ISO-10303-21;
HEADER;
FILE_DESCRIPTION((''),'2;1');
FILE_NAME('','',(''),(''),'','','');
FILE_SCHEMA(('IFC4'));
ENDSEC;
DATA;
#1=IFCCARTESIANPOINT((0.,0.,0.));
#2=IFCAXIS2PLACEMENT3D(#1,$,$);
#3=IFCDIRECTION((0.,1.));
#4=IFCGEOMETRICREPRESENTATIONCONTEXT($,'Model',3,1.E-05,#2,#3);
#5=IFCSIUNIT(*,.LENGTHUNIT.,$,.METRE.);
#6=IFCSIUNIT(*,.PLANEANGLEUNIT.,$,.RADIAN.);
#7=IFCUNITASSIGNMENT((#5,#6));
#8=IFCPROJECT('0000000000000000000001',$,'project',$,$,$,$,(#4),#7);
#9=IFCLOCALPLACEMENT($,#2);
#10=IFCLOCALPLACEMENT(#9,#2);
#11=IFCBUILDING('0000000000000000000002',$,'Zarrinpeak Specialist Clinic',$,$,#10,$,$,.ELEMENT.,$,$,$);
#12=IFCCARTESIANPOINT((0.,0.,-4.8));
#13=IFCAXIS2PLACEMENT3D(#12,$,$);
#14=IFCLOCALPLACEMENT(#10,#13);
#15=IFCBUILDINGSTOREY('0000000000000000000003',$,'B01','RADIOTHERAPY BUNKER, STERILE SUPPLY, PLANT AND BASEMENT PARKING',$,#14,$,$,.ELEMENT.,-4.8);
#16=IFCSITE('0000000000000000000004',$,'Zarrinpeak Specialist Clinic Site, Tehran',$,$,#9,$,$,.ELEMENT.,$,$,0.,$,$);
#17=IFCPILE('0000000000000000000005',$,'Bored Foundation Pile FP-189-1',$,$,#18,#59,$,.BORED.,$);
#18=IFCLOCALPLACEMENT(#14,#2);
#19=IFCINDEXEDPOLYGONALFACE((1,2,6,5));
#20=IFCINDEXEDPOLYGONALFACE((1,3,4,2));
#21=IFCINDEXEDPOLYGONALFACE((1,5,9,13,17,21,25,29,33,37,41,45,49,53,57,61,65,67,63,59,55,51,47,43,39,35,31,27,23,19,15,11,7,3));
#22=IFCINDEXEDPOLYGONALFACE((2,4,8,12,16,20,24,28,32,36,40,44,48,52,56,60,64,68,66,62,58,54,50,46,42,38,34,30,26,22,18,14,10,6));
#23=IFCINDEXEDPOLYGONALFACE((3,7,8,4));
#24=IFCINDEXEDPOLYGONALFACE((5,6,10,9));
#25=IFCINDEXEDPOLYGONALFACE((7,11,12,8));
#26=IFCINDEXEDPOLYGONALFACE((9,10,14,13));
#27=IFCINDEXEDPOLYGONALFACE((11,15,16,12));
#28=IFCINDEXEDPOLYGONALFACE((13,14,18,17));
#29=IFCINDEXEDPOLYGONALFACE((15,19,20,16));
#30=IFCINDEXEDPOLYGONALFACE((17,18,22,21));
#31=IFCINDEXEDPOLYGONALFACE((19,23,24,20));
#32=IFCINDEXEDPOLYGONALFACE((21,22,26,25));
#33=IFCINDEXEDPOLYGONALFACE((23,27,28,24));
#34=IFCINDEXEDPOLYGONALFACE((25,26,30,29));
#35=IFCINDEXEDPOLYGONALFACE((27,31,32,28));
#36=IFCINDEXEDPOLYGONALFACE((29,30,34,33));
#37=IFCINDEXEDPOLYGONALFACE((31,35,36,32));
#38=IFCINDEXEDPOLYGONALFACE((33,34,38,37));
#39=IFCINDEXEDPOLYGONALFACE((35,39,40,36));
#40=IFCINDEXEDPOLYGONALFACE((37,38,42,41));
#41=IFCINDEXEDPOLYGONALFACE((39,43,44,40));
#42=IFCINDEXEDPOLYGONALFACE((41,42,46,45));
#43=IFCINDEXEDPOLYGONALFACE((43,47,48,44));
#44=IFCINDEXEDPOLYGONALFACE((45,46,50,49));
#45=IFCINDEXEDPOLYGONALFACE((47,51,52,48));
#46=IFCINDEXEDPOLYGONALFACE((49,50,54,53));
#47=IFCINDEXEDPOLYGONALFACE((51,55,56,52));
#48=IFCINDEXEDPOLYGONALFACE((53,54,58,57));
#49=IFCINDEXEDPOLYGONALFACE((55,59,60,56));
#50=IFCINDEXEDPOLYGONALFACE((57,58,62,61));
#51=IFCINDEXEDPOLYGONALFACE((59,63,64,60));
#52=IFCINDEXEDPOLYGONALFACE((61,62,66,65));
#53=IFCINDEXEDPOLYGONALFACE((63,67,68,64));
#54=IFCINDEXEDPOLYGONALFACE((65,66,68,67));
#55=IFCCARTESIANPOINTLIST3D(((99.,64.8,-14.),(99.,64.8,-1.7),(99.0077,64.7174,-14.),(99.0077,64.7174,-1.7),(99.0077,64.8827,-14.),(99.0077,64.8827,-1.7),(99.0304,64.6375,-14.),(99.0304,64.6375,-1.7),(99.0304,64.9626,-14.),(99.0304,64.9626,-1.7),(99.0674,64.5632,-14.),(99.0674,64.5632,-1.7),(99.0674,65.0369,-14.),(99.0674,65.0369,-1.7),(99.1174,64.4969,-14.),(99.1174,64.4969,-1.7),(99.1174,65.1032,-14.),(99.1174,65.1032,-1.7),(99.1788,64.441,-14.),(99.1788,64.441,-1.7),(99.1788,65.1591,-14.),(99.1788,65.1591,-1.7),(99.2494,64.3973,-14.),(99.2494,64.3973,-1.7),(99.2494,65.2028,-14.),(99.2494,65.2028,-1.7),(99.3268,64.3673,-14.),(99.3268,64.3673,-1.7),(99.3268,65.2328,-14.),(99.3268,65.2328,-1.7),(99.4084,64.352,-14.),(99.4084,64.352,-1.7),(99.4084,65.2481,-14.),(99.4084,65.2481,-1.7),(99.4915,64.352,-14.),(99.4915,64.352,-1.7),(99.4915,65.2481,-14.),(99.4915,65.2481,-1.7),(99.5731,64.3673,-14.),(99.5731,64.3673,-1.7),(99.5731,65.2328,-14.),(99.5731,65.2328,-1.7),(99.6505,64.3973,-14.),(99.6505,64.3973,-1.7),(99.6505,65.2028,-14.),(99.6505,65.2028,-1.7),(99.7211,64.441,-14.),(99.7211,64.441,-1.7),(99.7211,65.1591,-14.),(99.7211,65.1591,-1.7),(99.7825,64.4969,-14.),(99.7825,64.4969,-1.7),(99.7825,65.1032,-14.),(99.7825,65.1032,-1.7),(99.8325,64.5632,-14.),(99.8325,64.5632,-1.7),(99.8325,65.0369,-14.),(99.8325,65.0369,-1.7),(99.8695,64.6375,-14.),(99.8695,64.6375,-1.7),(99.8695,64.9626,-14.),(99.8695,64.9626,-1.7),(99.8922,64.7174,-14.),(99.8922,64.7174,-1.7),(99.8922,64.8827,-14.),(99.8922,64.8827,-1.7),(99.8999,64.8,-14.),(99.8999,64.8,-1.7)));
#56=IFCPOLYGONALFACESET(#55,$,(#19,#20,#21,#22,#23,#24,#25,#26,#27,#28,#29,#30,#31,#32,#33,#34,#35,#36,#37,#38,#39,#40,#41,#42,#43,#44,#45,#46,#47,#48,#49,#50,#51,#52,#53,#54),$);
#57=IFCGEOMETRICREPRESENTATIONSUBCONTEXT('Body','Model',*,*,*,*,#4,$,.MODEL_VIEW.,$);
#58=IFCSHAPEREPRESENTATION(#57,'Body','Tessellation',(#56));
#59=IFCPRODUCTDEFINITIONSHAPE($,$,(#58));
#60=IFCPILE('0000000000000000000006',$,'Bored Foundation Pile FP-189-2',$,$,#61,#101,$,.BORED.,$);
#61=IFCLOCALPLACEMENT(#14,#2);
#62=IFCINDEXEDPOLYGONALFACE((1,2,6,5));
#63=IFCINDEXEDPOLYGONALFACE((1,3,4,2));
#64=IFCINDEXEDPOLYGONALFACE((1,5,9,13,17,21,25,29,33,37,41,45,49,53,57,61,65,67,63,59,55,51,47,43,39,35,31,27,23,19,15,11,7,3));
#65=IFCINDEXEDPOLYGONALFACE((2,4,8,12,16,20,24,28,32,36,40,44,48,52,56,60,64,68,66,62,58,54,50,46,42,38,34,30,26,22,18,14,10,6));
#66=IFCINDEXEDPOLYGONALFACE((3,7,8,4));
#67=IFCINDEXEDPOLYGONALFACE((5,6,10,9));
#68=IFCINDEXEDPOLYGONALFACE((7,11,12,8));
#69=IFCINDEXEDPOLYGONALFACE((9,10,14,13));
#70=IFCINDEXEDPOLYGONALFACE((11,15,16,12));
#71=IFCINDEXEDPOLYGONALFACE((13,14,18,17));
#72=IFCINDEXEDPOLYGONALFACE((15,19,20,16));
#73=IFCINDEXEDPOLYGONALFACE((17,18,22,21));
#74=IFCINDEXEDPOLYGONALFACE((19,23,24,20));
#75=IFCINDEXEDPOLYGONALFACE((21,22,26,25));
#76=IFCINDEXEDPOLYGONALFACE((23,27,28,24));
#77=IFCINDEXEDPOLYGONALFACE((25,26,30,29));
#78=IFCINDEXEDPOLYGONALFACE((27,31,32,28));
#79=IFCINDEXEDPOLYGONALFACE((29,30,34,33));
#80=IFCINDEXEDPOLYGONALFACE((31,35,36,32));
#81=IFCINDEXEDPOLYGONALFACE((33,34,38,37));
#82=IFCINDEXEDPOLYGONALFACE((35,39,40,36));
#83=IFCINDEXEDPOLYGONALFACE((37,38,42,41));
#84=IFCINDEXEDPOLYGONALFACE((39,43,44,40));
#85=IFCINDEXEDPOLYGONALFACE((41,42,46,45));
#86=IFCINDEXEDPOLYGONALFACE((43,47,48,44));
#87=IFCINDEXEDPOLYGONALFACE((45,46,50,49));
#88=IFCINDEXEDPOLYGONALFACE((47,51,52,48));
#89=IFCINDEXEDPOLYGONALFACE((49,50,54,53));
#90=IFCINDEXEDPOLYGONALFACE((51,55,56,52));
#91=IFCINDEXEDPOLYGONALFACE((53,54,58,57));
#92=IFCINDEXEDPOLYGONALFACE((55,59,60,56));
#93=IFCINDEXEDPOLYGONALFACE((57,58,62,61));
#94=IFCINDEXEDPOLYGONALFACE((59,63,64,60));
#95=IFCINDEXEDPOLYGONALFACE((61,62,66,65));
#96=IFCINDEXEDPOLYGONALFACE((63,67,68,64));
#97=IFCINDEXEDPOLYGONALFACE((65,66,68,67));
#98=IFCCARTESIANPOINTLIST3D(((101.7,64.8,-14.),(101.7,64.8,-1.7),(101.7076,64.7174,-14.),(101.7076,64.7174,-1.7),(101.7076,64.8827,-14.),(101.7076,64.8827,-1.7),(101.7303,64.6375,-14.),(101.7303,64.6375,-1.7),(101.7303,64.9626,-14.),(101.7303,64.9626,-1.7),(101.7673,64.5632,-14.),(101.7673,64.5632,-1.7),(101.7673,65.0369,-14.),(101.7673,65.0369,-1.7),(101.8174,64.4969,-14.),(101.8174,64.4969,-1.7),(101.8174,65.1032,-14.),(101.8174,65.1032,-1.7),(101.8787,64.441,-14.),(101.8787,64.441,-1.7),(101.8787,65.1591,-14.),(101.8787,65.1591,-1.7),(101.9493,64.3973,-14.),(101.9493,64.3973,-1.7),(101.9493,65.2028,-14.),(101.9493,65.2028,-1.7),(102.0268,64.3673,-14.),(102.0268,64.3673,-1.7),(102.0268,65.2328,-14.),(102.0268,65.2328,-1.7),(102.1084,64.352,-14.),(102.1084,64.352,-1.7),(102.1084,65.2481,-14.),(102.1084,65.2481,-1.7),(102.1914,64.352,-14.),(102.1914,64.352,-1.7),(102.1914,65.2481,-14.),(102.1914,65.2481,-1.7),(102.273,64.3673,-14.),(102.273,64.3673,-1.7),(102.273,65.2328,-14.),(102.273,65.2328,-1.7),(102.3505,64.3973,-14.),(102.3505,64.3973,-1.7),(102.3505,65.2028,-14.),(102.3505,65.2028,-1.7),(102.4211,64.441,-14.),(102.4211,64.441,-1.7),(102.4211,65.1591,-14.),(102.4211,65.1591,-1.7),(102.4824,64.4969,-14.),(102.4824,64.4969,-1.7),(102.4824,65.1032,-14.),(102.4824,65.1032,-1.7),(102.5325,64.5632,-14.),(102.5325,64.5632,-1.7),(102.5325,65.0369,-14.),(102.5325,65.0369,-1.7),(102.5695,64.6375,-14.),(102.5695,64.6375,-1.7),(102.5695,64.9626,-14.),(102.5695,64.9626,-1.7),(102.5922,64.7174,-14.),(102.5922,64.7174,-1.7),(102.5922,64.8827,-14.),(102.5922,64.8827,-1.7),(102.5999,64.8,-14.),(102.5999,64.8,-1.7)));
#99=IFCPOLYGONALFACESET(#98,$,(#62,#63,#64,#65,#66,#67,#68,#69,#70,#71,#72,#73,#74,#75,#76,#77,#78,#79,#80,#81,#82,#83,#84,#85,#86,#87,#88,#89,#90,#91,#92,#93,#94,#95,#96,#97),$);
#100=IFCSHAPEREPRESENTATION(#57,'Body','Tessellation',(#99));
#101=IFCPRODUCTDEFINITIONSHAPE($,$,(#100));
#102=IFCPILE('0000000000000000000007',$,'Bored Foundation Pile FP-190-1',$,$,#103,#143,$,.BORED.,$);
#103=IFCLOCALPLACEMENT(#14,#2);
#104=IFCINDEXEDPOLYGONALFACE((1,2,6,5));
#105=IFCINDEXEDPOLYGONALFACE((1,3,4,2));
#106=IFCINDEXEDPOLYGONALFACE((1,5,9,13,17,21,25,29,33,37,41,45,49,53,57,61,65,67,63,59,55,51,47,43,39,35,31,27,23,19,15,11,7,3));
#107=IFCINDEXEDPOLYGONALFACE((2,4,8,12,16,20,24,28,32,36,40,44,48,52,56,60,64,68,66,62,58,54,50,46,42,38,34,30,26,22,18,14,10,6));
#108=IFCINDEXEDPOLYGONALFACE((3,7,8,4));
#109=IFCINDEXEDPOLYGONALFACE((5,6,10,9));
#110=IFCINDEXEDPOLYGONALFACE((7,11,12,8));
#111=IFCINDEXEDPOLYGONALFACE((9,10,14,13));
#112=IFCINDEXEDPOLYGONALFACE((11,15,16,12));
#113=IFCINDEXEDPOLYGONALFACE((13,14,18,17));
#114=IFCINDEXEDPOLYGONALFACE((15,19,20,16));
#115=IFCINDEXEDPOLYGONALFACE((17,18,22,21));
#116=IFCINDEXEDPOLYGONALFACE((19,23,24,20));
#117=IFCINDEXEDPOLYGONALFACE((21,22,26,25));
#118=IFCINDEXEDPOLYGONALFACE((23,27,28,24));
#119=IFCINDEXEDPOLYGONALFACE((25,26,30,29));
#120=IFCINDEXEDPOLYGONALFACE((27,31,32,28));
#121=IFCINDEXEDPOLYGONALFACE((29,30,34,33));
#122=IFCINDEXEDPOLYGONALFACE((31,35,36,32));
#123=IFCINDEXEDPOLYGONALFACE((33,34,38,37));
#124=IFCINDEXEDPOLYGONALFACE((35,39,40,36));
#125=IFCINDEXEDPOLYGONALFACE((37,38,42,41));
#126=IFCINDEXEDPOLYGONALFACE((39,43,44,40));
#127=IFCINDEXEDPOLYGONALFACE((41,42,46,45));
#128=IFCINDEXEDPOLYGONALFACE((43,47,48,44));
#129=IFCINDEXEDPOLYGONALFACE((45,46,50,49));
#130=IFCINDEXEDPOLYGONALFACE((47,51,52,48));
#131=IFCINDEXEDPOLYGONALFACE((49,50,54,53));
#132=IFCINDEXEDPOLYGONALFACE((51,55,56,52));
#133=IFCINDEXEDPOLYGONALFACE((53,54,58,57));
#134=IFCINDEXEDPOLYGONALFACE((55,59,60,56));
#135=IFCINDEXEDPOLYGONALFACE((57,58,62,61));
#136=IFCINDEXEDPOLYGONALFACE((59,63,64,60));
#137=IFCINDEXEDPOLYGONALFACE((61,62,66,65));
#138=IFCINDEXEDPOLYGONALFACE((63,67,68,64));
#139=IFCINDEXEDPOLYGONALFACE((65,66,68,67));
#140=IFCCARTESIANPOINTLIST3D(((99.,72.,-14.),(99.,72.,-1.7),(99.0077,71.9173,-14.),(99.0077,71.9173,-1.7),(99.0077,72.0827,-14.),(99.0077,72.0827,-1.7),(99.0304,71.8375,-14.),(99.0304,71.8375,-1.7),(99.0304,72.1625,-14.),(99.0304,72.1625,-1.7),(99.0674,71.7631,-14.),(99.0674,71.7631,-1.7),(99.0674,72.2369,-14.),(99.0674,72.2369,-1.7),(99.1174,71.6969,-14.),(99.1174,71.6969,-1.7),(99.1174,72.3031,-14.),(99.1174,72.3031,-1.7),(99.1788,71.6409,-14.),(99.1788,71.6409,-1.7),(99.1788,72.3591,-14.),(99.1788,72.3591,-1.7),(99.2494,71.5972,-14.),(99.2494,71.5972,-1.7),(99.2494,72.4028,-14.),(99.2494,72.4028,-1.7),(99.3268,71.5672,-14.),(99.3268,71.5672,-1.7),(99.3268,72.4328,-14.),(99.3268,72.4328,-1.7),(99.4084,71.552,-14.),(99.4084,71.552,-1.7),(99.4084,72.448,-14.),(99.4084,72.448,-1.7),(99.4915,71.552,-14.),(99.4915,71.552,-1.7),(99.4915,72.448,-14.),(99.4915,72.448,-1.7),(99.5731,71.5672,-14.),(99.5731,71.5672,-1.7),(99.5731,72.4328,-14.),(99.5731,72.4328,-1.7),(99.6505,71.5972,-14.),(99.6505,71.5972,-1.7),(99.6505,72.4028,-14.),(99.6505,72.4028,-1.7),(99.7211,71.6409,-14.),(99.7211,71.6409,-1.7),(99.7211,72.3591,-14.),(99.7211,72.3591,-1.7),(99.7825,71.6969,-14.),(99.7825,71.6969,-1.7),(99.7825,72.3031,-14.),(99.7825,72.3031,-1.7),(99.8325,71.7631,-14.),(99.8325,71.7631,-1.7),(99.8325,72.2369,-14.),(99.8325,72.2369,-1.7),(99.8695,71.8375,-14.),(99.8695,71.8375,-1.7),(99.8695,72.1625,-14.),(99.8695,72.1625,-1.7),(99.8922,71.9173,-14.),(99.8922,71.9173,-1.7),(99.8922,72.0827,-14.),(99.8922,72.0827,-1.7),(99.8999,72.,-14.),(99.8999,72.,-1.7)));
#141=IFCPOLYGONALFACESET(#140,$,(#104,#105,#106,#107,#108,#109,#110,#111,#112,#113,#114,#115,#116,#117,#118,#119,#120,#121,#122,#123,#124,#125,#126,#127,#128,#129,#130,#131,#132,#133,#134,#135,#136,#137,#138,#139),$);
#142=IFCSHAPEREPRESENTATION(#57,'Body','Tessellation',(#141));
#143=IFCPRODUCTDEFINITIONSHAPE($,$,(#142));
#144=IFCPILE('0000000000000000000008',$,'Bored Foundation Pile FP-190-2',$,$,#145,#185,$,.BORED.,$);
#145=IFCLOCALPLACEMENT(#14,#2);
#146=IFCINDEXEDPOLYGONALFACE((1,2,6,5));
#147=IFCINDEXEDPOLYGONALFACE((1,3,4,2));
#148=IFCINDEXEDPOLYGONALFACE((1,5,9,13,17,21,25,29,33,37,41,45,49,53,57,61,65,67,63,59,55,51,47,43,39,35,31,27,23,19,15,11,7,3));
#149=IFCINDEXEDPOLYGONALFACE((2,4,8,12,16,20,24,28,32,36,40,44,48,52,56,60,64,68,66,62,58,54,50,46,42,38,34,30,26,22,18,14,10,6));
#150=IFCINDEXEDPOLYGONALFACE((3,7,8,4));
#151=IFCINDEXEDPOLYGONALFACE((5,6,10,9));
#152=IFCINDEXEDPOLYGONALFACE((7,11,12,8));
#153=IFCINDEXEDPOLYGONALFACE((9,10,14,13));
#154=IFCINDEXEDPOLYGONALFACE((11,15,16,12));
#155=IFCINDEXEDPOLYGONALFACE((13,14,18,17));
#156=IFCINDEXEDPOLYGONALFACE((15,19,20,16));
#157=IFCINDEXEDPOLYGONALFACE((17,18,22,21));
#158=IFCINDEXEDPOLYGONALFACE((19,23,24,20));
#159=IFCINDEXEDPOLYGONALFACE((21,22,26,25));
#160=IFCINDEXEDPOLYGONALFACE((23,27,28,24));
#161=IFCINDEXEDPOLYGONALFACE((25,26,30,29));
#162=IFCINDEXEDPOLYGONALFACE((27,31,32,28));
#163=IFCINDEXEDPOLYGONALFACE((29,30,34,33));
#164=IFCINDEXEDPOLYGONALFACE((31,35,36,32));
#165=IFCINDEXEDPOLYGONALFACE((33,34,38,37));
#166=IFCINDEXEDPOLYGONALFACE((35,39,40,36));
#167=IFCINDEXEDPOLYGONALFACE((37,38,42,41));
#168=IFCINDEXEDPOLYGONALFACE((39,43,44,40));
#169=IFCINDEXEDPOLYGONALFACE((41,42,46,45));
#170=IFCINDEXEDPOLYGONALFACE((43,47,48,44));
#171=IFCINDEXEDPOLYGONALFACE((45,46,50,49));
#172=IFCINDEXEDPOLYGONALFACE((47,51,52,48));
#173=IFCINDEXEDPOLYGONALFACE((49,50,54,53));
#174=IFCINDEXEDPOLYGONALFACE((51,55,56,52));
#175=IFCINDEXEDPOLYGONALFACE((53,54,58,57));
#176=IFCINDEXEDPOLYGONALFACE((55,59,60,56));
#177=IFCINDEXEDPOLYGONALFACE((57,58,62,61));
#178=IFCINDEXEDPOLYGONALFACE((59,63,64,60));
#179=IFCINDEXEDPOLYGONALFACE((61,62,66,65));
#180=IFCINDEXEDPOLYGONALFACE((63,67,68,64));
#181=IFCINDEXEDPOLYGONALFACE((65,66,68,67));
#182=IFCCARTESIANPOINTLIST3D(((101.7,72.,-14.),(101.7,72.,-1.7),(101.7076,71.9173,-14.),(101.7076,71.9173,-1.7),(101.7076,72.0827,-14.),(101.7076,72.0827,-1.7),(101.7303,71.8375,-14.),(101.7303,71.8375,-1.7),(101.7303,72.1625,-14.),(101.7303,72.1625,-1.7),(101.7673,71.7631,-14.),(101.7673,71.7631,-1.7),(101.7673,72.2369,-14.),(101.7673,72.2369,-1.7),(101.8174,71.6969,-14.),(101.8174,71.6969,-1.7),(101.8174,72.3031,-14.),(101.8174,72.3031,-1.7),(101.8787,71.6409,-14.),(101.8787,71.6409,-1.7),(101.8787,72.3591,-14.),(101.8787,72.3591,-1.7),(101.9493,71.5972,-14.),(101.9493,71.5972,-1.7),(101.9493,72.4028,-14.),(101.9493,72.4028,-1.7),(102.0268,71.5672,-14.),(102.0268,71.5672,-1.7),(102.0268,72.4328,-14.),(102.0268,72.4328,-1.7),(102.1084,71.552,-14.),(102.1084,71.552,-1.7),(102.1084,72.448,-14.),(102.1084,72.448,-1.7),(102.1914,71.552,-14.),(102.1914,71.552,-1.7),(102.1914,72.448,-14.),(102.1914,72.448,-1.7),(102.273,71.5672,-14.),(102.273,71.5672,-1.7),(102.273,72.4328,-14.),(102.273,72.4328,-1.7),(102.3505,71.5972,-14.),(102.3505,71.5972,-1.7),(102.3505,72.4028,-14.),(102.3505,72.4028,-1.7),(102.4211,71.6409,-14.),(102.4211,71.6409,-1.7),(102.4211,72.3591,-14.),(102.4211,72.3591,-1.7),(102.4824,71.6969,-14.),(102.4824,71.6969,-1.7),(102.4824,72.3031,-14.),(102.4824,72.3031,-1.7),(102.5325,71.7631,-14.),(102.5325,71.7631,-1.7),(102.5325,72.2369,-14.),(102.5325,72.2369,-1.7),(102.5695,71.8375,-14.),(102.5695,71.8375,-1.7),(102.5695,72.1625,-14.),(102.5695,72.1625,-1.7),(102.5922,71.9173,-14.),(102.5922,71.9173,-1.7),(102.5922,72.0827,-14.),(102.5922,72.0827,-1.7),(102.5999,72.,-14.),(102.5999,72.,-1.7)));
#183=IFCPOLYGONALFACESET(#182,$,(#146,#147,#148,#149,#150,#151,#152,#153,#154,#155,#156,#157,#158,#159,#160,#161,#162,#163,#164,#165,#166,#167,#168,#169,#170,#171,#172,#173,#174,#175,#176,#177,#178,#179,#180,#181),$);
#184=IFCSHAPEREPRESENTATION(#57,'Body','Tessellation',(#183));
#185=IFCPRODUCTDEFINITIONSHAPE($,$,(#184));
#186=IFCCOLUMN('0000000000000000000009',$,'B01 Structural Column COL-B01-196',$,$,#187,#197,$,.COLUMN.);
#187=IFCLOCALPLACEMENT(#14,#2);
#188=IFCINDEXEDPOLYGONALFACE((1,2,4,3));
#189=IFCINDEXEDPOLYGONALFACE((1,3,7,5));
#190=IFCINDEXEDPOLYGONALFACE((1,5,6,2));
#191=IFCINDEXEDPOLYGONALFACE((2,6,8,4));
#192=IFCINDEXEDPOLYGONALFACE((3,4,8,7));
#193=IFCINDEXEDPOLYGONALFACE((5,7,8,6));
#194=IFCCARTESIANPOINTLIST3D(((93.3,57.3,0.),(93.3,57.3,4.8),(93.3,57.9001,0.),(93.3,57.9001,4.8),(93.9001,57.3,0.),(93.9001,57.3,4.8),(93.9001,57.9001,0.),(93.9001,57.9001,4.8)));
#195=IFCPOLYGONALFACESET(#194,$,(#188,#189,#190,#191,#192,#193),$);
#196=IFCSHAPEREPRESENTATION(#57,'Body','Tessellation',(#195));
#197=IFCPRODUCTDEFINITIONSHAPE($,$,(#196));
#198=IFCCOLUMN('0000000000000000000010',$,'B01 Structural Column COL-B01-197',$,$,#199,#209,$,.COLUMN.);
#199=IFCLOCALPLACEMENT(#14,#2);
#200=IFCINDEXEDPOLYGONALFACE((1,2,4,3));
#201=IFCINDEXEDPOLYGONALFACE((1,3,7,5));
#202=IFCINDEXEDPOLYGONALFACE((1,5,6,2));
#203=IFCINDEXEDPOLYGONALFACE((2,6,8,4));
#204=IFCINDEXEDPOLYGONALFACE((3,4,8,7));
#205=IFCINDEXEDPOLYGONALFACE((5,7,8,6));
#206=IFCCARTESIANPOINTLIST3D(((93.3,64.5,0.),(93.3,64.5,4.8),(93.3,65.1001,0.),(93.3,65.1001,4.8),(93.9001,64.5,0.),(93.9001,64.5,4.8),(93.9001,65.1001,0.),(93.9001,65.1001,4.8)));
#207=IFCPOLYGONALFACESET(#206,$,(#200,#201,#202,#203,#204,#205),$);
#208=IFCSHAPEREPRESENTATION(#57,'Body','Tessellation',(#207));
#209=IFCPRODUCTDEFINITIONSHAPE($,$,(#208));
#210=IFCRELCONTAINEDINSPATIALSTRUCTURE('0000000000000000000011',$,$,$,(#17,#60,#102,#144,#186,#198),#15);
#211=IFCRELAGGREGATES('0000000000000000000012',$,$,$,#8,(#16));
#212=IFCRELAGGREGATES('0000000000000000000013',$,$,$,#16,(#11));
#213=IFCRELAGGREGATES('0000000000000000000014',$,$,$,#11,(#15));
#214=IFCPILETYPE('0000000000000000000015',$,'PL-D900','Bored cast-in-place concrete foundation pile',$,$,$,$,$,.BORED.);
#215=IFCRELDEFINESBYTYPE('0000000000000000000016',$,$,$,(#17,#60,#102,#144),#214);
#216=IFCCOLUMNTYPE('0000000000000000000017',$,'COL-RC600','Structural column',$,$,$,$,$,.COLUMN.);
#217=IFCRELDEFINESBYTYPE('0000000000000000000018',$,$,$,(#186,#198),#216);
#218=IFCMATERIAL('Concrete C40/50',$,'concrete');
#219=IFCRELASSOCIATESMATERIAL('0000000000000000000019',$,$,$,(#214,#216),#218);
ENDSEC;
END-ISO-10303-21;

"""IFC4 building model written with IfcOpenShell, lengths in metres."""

from ifc_helpers import new_model, si_unit, direction, frame, origin, origin_2d, place, context, subcontext, project, spatial, rectangle, circle, extrude, material, material_profile, profile_set, type_object, element, save


model = new_model("IFC4")

# Units and contexts
model_context = context("Model", 3, precision=1e-05, world=origin(), true_north=direction((0.0, 1.0)))
body_context = subcontext(model_context, "Body", "Model", "MODEL_VIEW")
ifc_project = project(units=[si_unit("LENGTHUNIT", "METRE"), si_unit("PLANEANGLEUNIT", "RADIAN")], contexts=[model_context])

# Site, building, storey
site_placement = place(None, origin())
site = spatial("IfcSite", under=ifc_project, at=site_placement, Name="Zarrinpeak Specialist Clinic Site, Tehran", CompositionType="ELEMENT", RefElevation=0.0)
building_placement = place(site_placement, origin())
building = spatial("IfcBuilding", under=site, at=building_placement, Name="Zarrinpeak Specialist Clinic", CompositionType="ELEMENT")
storey_placement = place(building_placement, frame((0.0, 0.0, -4.8)))
storey = spatial("IfcBuildingStorey", under=building, at=storey_placement, Name="B01", Description="RADIOTHERAPY BUNKER, STERILE SUPPLY, PLANT AND BASEMENT PARKING", CompositionType="ELEMENT", Elevation=-4.8)

# Shared definitions
ifc_material = material(Name="Concrete C40/50", Category="concrete")

# Piles
ifc_material_profile_1 = material_profile(ifc_material, circle(Radius=0.45, at=origin_2d()), Name="BORED PILE D900")
ifc_profile_set_1 = profile_set([ifc_material_profile_1], Name="Concrete C40/50")
pile_type = type_object("IfcPileType", Name="PL-D900", Description="Bored cast-in-place concrete foundation pile", PredefinedType="BORED", material=ifc_profile_set_1)
for number, where, z_axis, x_axis, name in (
    (1, (99.45, 64.8, -1.7), (0.0, 0.0, -1.0), (1.0, 0.0, 0.0), "Bored Foundation Pile FP-189-1"),
    (2, (102.1499, 64.8, -1.7), (0.0, 0.0, -1.0), (1.0, 0.0, 0.0), "Bored Foundation Pile FP-189-2"),
    (3, (99.45, 72.0, -1.7), (0.0, 0.0, -1.0), (1.0, 0.0, 0.0), "Bored Foundation Pile FP-190-1"),
    (4, (102.1499, 72.0, -1.7), (0.0, 0.0, -1.0), (1.0, 0.0, 0.0), "Bored Foundation Pile FP-190-2"),
):
    element("IfcPile", number, at=place(storey_placement, frame(where, z_axis=z_axis, x_axis=x_axis)), inside=storey, type_object=pile_type, Name=name, PredefinedType="BORED", context=body_context, shape_type="SweptSolid", body=[
        extrude(circle(Radius=0.45, at=origin_2d()), origin(), (0.0, 0.0, 1.0), 12.3),
    ])

# Columns
ifc_material_profile_2 = material_profile(ifc_material, rectangle(XDim=0.6001, YDim=0.6001, at=origin_2d()), Name="RC 600x600")
ifc_profile_set_2 = profile_set([ifc_material_profile_2], Name="Concrete C40/50")
column_type = type_object("IfcColumnType", Name="COL-RC600", Description="Structural column", PredefinedType="COLUMN", material=ifc_profile_set_2)
for number, where, z_axis, x_axis, name in (
    (5, (93.6001, 57.6001, 0.0), (0.0, 0.0, 1.0), (1.0, 0.0, 0.0), "B01 Structural Column COL-B01-196"),
    (6, (93.6001, 64.8, 0.0), (0.0, 0.0, 1.0), (1.0, 0.0, 0.0), "B01 Structural Column COL-B01-197"),
):
    element("IfcColumn", number, at=place(storey_placement, frame(where, z_axis=z_axis, x_axis=x_axis)), inside=storey, type_object=column_type, Name=name, PredefinedType="COLUMN", context=body_context, shape_type="SweptSolid", body=[
        extrude(rectangle(XDim=0.6001, YDim=0.6001, at=origin_2d()), origin(), (0.0, 0.0, 1.0), 4.8),
    ])

save(model, "model.ifc")
